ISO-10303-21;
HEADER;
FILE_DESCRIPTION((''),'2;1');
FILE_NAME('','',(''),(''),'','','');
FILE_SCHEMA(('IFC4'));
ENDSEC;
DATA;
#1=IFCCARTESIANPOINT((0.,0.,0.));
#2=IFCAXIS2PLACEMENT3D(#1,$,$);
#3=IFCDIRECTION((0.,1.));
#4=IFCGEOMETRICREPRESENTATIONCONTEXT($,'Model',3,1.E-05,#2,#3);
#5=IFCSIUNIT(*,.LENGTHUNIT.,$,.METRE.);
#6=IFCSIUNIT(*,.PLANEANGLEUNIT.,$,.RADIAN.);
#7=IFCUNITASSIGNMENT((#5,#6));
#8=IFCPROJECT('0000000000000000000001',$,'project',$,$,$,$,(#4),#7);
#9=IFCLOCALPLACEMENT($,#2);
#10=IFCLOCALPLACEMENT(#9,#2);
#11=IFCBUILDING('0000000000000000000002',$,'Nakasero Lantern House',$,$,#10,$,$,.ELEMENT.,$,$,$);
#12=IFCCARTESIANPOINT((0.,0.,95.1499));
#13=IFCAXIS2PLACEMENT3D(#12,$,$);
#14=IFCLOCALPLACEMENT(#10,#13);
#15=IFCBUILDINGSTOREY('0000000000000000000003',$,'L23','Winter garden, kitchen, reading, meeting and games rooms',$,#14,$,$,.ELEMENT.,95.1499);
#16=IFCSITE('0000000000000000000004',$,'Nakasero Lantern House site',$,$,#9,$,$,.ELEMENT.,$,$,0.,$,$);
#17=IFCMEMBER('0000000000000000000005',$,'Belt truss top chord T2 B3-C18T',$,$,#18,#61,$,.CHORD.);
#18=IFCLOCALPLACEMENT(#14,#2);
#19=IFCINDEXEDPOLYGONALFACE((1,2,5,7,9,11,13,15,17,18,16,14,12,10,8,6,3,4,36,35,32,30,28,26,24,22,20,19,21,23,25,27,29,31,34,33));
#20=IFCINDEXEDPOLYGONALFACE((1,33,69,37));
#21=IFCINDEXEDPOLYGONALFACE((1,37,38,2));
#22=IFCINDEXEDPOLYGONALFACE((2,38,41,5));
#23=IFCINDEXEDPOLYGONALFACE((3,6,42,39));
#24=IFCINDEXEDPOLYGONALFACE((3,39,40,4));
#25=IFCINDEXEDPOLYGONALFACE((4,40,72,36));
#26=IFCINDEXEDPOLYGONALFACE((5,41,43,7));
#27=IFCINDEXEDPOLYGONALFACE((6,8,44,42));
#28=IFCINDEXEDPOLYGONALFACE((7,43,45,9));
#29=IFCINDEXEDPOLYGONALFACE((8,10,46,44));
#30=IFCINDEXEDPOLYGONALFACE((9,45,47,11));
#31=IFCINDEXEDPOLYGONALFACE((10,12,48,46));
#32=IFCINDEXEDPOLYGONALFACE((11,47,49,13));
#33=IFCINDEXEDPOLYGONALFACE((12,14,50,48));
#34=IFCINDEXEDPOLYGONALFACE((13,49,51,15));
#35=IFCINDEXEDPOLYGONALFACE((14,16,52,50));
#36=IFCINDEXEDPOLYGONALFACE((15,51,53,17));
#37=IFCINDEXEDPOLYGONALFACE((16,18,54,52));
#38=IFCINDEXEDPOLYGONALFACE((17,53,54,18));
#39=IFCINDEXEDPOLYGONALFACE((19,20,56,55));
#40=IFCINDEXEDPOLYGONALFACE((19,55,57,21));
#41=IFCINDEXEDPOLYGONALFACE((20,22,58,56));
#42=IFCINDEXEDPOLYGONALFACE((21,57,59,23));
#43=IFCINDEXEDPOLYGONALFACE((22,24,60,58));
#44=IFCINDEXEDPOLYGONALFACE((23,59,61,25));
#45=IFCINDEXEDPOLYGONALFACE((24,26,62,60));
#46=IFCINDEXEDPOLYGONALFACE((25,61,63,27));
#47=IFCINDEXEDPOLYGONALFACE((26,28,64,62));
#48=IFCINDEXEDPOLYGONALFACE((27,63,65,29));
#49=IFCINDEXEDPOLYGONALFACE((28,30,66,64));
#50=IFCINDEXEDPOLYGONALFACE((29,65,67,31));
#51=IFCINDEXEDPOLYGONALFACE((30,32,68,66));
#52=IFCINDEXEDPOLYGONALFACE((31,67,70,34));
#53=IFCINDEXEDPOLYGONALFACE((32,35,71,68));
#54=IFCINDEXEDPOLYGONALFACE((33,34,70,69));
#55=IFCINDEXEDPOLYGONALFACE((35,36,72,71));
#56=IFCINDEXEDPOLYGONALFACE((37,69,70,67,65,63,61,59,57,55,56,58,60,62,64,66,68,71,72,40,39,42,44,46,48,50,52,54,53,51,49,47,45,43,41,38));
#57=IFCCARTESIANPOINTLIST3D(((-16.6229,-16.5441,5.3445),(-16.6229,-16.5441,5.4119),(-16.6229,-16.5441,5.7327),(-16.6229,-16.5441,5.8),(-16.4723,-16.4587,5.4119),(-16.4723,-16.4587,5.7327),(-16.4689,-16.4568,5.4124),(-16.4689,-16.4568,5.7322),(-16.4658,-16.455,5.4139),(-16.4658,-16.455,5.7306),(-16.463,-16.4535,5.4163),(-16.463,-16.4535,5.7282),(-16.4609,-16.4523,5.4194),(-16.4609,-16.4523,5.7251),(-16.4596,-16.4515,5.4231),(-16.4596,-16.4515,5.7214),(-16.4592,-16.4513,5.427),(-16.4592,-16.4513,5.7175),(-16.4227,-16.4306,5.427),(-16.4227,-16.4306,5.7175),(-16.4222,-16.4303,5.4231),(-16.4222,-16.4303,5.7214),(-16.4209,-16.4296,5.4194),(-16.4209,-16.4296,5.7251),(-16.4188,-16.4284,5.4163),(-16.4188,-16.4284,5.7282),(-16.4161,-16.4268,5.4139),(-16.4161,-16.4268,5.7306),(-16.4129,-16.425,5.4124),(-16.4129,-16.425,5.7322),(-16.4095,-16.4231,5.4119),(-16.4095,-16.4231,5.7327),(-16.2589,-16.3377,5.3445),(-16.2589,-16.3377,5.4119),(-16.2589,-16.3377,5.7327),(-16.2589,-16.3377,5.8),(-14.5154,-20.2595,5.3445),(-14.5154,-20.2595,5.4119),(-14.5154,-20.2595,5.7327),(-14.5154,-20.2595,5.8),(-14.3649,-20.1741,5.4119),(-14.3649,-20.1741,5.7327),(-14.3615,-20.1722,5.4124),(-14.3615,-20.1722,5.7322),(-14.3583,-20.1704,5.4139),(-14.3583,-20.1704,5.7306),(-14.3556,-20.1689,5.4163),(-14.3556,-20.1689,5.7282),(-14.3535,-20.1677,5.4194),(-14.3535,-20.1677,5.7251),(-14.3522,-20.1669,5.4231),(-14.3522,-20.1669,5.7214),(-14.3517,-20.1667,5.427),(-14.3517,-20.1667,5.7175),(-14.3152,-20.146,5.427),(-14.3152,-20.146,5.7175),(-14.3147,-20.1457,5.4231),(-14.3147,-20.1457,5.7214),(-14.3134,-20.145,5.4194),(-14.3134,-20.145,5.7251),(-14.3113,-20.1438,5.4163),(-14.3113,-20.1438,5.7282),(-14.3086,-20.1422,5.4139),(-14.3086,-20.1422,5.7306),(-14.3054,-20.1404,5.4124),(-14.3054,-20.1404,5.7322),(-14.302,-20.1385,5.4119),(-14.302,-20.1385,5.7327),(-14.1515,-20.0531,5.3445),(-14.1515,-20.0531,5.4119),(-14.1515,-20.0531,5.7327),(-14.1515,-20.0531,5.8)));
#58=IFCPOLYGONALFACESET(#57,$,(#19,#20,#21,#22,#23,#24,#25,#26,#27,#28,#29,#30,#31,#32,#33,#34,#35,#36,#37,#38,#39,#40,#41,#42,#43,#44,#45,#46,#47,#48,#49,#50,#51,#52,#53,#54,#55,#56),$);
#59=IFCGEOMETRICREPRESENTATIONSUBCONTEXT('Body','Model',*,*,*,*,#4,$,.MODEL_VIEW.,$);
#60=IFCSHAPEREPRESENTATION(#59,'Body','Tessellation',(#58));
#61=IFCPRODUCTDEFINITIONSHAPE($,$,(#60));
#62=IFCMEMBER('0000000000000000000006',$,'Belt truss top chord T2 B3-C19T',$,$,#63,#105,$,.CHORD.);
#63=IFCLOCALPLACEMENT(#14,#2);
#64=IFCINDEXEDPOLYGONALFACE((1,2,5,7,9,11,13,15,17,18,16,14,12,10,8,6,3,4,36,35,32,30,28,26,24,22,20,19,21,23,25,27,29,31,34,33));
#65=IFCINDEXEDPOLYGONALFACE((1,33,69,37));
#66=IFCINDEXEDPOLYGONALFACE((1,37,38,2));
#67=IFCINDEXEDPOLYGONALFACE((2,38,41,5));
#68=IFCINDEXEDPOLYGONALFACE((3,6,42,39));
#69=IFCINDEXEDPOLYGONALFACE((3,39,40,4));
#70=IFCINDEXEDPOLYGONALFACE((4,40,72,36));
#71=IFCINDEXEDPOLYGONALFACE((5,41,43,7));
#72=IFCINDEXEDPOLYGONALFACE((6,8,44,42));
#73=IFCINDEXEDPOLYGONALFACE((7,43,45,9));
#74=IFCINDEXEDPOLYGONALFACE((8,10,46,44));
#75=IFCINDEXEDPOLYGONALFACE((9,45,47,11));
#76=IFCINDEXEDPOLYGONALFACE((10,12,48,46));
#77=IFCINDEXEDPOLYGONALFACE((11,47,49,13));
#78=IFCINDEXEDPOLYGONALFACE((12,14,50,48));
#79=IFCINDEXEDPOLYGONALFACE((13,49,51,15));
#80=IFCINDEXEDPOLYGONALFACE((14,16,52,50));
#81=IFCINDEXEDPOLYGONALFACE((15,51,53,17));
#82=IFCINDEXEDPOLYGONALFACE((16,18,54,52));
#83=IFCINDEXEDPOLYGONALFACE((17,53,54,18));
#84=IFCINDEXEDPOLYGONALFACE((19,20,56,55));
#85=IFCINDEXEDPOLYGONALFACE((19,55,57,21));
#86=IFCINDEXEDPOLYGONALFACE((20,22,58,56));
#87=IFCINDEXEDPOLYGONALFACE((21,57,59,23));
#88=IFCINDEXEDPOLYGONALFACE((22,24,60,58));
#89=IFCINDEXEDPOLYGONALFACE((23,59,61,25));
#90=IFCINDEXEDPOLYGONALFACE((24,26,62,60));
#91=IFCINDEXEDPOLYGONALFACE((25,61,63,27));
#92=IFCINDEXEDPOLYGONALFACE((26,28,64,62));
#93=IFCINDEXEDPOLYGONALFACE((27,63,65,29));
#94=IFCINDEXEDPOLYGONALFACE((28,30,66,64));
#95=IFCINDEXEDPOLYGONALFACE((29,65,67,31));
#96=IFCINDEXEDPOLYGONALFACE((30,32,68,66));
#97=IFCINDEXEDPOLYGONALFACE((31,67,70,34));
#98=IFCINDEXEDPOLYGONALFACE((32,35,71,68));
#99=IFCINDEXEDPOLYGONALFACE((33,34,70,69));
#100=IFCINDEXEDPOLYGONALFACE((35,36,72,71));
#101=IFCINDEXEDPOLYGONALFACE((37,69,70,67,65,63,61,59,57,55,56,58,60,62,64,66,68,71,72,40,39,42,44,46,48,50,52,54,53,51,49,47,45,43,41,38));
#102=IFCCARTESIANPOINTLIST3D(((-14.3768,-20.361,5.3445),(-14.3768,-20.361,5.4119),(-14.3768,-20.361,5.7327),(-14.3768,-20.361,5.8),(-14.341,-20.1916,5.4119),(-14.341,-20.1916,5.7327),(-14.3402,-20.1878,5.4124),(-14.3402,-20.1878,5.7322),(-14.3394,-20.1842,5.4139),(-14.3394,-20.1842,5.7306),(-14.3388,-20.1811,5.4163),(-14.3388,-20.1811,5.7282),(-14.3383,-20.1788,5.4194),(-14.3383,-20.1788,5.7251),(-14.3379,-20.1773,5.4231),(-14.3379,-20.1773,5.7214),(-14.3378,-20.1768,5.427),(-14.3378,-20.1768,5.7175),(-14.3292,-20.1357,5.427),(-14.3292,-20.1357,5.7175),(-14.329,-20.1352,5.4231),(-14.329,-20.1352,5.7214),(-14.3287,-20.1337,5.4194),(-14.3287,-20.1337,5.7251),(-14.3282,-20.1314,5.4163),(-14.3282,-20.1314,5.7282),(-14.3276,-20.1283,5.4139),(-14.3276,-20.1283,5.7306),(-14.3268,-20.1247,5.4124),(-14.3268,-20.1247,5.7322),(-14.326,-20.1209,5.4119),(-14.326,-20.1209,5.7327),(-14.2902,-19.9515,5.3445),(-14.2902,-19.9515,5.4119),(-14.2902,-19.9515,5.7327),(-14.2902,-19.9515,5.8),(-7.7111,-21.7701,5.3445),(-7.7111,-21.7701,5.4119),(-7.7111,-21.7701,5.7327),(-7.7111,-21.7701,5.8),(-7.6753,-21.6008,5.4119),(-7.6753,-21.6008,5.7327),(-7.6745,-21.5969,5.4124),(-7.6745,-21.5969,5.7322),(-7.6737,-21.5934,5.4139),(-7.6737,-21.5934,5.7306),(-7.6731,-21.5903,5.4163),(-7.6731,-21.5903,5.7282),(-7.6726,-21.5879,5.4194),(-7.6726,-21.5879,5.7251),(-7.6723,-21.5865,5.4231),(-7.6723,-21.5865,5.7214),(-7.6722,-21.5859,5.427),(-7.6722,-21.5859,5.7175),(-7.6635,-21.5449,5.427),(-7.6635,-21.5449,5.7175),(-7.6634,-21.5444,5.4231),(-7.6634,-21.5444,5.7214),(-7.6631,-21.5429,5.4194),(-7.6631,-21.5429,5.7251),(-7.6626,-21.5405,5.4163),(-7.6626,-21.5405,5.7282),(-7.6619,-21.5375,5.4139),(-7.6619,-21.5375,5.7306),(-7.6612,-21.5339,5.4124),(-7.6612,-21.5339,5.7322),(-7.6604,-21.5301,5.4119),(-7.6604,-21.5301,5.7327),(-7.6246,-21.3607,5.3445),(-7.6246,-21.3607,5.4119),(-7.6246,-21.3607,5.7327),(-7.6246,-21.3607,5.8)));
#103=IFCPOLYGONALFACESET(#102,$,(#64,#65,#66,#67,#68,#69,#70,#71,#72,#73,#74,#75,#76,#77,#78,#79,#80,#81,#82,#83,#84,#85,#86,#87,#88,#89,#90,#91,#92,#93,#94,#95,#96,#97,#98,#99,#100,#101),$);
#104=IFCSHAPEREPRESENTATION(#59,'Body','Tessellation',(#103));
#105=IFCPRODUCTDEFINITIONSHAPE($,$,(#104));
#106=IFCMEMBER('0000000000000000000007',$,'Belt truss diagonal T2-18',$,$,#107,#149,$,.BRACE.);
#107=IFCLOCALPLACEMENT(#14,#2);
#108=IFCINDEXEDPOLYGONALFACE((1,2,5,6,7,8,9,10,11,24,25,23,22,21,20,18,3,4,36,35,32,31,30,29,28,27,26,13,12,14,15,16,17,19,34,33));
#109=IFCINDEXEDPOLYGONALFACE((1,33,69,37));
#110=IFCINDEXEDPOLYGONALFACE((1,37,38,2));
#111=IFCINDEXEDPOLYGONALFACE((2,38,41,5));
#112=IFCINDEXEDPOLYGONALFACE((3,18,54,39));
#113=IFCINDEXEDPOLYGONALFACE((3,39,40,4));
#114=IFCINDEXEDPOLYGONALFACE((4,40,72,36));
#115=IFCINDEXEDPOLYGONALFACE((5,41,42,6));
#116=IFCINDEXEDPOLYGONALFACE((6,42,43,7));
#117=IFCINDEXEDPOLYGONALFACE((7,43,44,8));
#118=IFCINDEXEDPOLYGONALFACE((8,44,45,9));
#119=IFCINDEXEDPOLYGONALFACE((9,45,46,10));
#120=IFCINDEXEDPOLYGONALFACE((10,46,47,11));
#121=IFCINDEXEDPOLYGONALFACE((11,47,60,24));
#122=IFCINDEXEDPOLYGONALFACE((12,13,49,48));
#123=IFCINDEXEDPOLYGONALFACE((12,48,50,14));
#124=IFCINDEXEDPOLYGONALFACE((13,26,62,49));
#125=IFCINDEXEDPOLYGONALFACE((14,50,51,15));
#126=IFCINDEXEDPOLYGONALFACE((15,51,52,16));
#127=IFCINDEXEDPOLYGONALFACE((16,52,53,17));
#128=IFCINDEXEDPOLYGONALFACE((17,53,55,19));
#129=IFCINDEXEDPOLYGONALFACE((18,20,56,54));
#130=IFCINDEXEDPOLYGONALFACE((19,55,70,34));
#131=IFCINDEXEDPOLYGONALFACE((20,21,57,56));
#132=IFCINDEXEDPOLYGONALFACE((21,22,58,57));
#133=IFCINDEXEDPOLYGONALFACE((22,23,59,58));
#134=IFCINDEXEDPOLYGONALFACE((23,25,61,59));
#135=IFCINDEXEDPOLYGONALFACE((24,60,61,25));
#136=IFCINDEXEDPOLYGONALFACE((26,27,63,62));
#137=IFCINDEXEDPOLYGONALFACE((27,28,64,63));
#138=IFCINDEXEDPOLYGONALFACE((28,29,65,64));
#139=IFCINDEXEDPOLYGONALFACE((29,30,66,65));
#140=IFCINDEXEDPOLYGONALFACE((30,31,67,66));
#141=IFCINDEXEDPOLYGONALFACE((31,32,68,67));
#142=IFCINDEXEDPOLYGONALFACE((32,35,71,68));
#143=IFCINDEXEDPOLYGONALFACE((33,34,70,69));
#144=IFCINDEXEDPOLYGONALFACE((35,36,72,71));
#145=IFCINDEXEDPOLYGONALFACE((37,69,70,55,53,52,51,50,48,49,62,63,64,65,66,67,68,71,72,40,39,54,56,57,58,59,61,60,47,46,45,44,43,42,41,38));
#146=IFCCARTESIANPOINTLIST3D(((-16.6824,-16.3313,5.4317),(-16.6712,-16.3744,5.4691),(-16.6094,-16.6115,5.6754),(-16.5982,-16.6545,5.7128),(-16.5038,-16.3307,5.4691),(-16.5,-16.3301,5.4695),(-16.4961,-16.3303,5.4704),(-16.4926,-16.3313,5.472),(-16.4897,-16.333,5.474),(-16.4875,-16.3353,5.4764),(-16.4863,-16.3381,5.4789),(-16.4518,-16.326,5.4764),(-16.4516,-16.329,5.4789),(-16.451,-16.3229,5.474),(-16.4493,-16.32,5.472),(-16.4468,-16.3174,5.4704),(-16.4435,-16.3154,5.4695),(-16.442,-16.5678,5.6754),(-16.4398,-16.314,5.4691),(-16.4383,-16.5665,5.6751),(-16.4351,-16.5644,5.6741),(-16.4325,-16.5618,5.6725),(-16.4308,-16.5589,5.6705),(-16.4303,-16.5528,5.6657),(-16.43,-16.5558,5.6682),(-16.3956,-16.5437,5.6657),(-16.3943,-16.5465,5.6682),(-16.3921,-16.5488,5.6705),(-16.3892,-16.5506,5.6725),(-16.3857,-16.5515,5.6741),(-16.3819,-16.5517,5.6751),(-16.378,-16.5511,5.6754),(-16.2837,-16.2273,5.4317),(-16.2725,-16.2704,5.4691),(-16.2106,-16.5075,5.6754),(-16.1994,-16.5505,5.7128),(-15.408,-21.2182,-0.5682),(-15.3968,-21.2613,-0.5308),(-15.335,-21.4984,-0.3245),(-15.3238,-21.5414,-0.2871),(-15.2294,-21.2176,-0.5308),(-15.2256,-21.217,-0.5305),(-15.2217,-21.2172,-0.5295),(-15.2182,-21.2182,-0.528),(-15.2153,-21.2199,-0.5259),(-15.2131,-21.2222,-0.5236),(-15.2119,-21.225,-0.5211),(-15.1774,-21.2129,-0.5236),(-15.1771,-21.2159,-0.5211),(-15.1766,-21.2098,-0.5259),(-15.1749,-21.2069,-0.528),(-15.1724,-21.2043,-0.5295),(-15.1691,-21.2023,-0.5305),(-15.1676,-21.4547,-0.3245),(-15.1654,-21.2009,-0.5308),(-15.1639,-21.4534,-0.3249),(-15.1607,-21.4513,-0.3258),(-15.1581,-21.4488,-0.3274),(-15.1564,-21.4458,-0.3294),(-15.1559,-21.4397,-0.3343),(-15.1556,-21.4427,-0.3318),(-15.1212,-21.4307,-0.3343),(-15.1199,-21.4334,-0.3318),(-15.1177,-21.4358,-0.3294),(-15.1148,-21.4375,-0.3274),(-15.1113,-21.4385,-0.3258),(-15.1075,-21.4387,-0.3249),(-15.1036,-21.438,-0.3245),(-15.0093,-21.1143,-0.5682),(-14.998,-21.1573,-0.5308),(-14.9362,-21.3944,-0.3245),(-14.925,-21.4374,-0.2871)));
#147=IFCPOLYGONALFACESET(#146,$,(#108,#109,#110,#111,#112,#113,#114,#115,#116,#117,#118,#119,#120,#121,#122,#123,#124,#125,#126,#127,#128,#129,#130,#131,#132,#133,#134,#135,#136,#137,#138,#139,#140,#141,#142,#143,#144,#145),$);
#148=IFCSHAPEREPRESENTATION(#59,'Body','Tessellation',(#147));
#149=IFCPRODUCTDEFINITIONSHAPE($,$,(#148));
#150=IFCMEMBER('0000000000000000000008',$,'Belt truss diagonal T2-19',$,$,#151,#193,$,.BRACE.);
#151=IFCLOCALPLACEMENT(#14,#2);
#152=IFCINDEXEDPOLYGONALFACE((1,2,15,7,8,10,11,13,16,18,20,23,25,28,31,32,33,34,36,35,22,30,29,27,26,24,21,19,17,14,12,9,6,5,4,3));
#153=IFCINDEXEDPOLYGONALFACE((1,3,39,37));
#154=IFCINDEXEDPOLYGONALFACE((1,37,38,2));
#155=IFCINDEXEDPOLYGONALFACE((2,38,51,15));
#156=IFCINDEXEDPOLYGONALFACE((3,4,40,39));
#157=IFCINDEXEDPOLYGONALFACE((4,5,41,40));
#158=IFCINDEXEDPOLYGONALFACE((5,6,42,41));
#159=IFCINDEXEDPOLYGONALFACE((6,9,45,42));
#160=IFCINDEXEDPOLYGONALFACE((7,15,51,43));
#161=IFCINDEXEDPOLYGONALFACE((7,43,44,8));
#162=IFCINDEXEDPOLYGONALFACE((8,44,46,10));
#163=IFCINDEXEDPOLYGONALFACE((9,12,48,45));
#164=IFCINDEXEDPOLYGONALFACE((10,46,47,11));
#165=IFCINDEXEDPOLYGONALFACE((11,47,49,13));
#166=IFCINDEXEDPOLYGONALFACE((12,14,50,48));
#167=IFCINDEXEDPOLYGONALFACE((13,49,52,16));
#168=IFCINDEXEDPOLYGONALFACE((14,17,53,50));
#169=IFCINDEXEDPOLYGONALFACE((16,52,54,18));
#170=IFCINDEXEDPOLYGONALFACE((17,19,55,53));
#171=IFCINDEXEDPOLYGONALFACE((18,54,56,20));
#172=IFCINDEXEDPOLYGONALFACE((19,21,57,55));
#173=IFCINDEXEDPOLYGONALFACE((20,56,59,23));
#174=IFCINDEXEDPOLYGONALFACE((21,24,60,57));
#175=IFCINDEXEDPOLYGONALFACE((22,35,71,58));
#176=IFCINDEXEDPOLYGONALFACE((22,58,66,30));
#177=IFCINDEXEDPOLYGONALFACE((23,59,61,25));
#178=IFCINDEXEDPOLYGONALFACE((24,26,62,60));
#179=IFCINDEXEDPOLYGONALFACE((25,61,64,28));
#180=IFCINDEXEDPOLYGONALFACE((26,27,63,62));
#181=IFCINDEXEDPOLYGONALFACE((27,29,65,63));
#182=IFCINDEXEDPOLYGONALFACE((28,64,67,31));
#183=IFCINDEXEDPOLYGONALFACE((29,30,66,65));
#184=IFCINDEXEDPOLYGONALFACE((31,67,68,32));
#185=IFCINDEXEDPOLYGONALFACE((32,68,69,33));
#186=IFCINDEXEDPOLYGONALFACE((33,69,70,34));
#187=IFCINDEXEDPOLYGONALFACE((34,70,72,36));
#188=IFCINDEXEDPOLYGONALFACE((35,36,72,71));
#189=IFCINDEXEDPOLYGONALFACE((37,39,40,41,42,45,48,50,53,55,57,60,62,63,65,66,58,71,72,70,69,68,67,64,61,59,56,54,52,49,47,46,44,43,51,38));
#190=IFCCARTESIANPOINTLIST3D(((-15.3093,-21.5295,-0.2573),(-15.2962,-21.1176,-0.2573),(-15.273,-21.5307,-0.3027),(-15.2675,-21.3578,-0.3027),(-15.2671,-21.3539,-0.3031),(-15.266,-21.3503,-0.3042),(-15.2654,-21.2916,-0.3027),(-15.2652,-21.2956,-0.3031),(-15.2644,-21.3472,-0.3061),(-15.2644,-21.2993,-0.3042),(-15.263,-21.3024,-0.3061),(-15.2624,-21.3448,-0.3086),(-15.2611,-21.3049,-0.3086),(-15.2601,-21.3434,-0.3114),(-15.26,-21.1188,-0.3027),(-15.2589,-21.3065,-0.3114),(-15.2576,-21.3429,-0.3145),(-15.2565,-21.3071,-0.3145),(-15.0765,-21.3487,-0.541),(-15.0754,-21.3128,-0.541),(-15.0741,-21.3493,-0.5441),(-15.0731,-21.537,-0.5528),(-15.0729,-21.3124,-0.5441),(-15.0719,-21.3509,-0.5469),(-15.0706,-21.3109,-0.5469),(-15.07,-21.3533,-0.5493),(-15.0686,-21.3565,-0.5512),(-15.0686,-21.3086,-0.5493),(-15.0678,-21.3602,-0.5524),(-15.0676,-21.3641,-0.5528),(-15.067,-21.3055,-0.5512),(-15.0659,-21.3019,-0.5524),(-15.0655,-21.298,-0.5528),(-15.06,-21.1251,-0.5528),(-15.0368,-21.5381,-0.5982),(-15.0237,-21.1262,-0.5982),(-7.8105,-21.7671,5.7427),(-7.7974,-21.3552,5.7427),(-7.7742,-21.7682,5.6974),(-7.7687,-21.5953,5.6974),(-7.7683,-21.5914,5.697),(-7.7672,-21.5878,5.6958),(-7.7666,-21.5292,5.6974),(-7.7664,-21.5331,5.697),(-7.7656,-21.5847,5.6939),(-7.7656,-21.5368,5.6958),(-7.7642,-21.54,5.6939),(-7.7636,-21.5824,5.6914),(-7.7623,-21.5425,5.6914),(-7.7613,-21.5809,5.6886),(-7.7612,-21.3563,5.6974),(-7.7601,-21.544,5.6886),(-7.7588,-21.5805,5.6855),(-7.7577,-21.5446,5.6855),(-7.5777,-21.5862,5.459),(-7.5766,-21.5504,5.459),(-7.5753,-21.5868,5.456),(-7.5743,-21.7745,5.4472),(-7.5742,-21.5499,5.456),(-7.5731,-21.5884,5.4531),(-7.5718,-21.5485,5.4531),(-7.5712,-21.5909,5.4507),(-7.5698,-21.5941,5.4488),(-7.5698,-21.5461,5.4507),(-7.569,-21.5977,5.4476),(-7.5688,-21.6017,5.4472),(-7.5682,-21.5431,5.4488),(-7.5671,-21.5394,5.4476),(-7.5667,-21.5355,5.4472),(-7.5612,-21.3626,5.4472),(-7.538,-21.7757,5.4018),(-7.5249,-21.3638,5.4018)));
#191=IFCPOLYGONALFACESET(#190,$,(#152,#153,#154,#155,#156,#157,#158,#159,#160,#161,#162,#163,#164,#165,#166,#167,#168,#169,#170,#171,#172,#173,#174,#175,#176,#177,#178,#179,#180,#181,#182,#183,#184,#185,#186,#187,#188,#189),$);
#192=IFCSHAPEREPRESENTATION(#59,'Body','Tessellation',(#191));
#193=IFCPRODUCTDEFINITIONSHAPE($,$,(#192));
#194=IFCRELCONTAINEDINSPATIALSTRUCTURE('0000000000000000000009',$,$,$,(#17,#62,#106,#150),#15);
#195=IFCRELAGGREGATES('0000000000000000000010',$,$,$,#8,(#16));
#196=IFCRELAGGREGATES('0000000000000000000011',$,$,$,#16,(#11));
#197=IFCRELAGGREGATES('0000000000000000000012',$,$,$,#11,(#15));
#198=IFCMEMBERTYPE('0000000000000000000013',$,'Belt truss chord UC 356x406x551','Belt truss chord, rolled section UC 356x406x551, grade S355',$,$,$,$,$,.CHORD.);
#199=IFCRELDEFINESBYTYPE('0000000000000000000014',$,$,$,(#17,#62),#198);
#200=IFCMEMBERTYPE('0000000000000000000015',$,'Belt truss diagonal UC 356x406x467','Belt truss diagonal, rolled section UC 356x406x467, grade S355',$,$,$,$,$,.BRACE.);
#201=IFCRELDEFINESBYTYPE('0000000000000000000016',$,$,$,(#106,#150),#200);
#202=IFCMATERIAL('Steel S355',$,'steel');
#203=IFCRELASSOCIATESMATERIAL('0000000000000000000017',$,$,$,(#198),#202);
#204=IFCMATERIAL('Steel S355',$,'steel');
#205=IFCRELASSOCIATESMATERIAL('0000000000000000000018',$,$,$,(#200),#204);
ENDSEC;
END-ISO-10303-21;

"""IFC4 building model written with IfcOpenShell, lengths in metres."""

from ifc_helpers import new_model, si_unit, direction, frame, origin, origin_2d, place, context, subcontext, project, spatial, i_section, extrude, material, material_profile, profile_set, type_object, element, save


model = new_model("IFC4")

# Units and contexts
model_context = context("Model", 3, precision=1e-05, world=origin(), true_north=direction((0.0, 1.0)))
body_context = subcontext(model_context, "Body", "Model", "MODEL_VIEW")
ifc_project = project(units=[si_unit("LENGTHUNIT", "METRE"), si_unit("PLANEANGLEUNIT", "RADIAN")], contexts=[model_context])

# Site, building, storey
site_placement = place(None, origin())
site = spatial("IfcSite", under=ifc_project, at=site_placement, Name="Nakasero Lantern House site", CompositionType="ELEMENT", RefElevation=0.0)
building_placement = place(site_placement, origin())
building = spatial("IfcBuilding", under=site, at=building_placement, Name="Nakasero Lantern House", CompositionType="ELEMENT")
storey_placement = place(building_placement, frame((0.0, 0.0, 95.1499)))
storey = spatial("IfcBuildingStorey", under=building, at=storey_placement, Name="L23", Description="Winter garden, kitchen, reading, meeting and games rooms", CompositionType="ELEMENT", Elevation=95.1499)

# Members
ifc_material_1 = material(Name="Steel S355", Category="steel")
ifc_material_profile_1 = material_profile(ifc_material_1, i_section(OverallWidth=0.4185, OverallDepth=0.4556, WebThickness=0.042, FlangeThickness=0.0674, FilletRadius=0.0151, at=origin_2d()), Name="UC 356x406x551")
ifc_profile_set_1 = profile_set([ifc_material_profile_1], Name="Steel S355")
member_type_1 = type_object("IfcMemberType", Name="Belt truss chord UC 356x406x551", Description="Belt truss chord, rolled section UC 356x406x551, grade S355", PredefinedType="CHORD", material=ifc_profile_set_1)
member_1_placement = place(storey_placement, frame((-16.4409, -16.4409, 5.5723), z_axis=(0.493379, -0.869815, 0.0), x_axis=(0.869815, 0.493379, 0.0)))
element("IfcMember", 1, at=member_1_placement, inside=storey, type_object=member_type_1, Name="Belt truss top chord T2 B3-C18T", PredefinedType="CHORD", context=body_context, shape_type="SweptSolid", body=[
    extrude(i_section(OverallWidth=0.4185, OverallDepth=0.4556, WebThickness=0.042, FlangeThickness=0.0674, FilletRadius=0.0151, at=origin_2d()), origin(), (0.0, 0.0, 1.0), 4.2715),
])
member_2_placement = place(storey_placement, frame((-14.3335, -20.1562, 5.5723), z_axis=(0.978376, -0.206834, 0.0), x_axis=(0.206834, 0.978376, 0.0)))
element("IfcMember", 2, at=member_2_placement, inside=storey, type_object=member_type_1, Name="Belt truss top chord T2 B3-C19T", PredefinedType="CHORD", context=body_context, shape_type="SweptSolid", body=[
    extrude(i_section(OverallWidth=0.4185, OverallDepth=0.4556, WebThickness=0.042, FlangeThickness=0.0674, FilletRadius=0.0151, at=origin_2d()), origin(), (0.0, 0.0, 1.0), 6.813),
])
ifc_material_2 = material(Name="Steel S355", Category="steel")
ifc_material_profile_2 = material_profile(ifc_material_2, i_section(OverallWidth=0.4121, OverallDepth=0.4365, WebThickness=0.0359, FlangeThickness=0.0581, FilletRadius=0.0151, at=origin_2d()), Name="UC 356x406x467")
ifc_profile_set_2 = profile_set([ifc_material_profile_2], Name="Steel S355")
member_type_2 = type_object("IfcMemberType", Name="Belt truss diagonal UC 356x406x467", Description="Belt truss diagonal, rolled section UC 356x406x467, grade S355", PredefinedType="BRACE", material=ifc_profile_set_2)
member_3_placement = place(storey_placement, frame((-16.4409, -16.4409, 5.5723), z_axis=(0.162499, -0.62313, -0.765051), x_axis=(0.967639, 0.252339, 0.0)))
element("IfcMember", 3, at=member_3_placement, inside=storey, type_object=member_type_2, Name="Belt truss diagonal T2-18", PredefinedType="BRACE", context=body_context, shape_type="SweptSolid", body=[
    extrude(i_section(OverallWidth=0.4121, OverallDepth=0.4365, WebThickness=0.0359, FlangeThickness=0.0581, FilletRadius=0.0151, at=origin_2d()), origin(), (0.0, 0.0, 1.0), 7.8425),
])
member_4_placement = place(storey_placement, frame((-15.1665, -21.3279, -0.4277), z_axis=(0.78058, -0.024727, 0.624566), x_axis=(0.031662, 0.999499, 0.0)))
element("IfcMember", 4, at=member_4_placement, inside=storey, type_object=member_type_2, Name="Belt truss diagonal T2-19", PredefinedType="BRACE", context=body_context, shape_type="SweptSolid", body=[
    extrude(i_section(OverallWidth=0.4121, OverallDepth=0.4365, WebThickness=0.0359, FlangeThickness=0.0581, FilletRadius=0.0151, at=origin_2d()), origin(), (0.0, 0.0, 1.0), 9.6067),
])

save(model, "model.ifc")
